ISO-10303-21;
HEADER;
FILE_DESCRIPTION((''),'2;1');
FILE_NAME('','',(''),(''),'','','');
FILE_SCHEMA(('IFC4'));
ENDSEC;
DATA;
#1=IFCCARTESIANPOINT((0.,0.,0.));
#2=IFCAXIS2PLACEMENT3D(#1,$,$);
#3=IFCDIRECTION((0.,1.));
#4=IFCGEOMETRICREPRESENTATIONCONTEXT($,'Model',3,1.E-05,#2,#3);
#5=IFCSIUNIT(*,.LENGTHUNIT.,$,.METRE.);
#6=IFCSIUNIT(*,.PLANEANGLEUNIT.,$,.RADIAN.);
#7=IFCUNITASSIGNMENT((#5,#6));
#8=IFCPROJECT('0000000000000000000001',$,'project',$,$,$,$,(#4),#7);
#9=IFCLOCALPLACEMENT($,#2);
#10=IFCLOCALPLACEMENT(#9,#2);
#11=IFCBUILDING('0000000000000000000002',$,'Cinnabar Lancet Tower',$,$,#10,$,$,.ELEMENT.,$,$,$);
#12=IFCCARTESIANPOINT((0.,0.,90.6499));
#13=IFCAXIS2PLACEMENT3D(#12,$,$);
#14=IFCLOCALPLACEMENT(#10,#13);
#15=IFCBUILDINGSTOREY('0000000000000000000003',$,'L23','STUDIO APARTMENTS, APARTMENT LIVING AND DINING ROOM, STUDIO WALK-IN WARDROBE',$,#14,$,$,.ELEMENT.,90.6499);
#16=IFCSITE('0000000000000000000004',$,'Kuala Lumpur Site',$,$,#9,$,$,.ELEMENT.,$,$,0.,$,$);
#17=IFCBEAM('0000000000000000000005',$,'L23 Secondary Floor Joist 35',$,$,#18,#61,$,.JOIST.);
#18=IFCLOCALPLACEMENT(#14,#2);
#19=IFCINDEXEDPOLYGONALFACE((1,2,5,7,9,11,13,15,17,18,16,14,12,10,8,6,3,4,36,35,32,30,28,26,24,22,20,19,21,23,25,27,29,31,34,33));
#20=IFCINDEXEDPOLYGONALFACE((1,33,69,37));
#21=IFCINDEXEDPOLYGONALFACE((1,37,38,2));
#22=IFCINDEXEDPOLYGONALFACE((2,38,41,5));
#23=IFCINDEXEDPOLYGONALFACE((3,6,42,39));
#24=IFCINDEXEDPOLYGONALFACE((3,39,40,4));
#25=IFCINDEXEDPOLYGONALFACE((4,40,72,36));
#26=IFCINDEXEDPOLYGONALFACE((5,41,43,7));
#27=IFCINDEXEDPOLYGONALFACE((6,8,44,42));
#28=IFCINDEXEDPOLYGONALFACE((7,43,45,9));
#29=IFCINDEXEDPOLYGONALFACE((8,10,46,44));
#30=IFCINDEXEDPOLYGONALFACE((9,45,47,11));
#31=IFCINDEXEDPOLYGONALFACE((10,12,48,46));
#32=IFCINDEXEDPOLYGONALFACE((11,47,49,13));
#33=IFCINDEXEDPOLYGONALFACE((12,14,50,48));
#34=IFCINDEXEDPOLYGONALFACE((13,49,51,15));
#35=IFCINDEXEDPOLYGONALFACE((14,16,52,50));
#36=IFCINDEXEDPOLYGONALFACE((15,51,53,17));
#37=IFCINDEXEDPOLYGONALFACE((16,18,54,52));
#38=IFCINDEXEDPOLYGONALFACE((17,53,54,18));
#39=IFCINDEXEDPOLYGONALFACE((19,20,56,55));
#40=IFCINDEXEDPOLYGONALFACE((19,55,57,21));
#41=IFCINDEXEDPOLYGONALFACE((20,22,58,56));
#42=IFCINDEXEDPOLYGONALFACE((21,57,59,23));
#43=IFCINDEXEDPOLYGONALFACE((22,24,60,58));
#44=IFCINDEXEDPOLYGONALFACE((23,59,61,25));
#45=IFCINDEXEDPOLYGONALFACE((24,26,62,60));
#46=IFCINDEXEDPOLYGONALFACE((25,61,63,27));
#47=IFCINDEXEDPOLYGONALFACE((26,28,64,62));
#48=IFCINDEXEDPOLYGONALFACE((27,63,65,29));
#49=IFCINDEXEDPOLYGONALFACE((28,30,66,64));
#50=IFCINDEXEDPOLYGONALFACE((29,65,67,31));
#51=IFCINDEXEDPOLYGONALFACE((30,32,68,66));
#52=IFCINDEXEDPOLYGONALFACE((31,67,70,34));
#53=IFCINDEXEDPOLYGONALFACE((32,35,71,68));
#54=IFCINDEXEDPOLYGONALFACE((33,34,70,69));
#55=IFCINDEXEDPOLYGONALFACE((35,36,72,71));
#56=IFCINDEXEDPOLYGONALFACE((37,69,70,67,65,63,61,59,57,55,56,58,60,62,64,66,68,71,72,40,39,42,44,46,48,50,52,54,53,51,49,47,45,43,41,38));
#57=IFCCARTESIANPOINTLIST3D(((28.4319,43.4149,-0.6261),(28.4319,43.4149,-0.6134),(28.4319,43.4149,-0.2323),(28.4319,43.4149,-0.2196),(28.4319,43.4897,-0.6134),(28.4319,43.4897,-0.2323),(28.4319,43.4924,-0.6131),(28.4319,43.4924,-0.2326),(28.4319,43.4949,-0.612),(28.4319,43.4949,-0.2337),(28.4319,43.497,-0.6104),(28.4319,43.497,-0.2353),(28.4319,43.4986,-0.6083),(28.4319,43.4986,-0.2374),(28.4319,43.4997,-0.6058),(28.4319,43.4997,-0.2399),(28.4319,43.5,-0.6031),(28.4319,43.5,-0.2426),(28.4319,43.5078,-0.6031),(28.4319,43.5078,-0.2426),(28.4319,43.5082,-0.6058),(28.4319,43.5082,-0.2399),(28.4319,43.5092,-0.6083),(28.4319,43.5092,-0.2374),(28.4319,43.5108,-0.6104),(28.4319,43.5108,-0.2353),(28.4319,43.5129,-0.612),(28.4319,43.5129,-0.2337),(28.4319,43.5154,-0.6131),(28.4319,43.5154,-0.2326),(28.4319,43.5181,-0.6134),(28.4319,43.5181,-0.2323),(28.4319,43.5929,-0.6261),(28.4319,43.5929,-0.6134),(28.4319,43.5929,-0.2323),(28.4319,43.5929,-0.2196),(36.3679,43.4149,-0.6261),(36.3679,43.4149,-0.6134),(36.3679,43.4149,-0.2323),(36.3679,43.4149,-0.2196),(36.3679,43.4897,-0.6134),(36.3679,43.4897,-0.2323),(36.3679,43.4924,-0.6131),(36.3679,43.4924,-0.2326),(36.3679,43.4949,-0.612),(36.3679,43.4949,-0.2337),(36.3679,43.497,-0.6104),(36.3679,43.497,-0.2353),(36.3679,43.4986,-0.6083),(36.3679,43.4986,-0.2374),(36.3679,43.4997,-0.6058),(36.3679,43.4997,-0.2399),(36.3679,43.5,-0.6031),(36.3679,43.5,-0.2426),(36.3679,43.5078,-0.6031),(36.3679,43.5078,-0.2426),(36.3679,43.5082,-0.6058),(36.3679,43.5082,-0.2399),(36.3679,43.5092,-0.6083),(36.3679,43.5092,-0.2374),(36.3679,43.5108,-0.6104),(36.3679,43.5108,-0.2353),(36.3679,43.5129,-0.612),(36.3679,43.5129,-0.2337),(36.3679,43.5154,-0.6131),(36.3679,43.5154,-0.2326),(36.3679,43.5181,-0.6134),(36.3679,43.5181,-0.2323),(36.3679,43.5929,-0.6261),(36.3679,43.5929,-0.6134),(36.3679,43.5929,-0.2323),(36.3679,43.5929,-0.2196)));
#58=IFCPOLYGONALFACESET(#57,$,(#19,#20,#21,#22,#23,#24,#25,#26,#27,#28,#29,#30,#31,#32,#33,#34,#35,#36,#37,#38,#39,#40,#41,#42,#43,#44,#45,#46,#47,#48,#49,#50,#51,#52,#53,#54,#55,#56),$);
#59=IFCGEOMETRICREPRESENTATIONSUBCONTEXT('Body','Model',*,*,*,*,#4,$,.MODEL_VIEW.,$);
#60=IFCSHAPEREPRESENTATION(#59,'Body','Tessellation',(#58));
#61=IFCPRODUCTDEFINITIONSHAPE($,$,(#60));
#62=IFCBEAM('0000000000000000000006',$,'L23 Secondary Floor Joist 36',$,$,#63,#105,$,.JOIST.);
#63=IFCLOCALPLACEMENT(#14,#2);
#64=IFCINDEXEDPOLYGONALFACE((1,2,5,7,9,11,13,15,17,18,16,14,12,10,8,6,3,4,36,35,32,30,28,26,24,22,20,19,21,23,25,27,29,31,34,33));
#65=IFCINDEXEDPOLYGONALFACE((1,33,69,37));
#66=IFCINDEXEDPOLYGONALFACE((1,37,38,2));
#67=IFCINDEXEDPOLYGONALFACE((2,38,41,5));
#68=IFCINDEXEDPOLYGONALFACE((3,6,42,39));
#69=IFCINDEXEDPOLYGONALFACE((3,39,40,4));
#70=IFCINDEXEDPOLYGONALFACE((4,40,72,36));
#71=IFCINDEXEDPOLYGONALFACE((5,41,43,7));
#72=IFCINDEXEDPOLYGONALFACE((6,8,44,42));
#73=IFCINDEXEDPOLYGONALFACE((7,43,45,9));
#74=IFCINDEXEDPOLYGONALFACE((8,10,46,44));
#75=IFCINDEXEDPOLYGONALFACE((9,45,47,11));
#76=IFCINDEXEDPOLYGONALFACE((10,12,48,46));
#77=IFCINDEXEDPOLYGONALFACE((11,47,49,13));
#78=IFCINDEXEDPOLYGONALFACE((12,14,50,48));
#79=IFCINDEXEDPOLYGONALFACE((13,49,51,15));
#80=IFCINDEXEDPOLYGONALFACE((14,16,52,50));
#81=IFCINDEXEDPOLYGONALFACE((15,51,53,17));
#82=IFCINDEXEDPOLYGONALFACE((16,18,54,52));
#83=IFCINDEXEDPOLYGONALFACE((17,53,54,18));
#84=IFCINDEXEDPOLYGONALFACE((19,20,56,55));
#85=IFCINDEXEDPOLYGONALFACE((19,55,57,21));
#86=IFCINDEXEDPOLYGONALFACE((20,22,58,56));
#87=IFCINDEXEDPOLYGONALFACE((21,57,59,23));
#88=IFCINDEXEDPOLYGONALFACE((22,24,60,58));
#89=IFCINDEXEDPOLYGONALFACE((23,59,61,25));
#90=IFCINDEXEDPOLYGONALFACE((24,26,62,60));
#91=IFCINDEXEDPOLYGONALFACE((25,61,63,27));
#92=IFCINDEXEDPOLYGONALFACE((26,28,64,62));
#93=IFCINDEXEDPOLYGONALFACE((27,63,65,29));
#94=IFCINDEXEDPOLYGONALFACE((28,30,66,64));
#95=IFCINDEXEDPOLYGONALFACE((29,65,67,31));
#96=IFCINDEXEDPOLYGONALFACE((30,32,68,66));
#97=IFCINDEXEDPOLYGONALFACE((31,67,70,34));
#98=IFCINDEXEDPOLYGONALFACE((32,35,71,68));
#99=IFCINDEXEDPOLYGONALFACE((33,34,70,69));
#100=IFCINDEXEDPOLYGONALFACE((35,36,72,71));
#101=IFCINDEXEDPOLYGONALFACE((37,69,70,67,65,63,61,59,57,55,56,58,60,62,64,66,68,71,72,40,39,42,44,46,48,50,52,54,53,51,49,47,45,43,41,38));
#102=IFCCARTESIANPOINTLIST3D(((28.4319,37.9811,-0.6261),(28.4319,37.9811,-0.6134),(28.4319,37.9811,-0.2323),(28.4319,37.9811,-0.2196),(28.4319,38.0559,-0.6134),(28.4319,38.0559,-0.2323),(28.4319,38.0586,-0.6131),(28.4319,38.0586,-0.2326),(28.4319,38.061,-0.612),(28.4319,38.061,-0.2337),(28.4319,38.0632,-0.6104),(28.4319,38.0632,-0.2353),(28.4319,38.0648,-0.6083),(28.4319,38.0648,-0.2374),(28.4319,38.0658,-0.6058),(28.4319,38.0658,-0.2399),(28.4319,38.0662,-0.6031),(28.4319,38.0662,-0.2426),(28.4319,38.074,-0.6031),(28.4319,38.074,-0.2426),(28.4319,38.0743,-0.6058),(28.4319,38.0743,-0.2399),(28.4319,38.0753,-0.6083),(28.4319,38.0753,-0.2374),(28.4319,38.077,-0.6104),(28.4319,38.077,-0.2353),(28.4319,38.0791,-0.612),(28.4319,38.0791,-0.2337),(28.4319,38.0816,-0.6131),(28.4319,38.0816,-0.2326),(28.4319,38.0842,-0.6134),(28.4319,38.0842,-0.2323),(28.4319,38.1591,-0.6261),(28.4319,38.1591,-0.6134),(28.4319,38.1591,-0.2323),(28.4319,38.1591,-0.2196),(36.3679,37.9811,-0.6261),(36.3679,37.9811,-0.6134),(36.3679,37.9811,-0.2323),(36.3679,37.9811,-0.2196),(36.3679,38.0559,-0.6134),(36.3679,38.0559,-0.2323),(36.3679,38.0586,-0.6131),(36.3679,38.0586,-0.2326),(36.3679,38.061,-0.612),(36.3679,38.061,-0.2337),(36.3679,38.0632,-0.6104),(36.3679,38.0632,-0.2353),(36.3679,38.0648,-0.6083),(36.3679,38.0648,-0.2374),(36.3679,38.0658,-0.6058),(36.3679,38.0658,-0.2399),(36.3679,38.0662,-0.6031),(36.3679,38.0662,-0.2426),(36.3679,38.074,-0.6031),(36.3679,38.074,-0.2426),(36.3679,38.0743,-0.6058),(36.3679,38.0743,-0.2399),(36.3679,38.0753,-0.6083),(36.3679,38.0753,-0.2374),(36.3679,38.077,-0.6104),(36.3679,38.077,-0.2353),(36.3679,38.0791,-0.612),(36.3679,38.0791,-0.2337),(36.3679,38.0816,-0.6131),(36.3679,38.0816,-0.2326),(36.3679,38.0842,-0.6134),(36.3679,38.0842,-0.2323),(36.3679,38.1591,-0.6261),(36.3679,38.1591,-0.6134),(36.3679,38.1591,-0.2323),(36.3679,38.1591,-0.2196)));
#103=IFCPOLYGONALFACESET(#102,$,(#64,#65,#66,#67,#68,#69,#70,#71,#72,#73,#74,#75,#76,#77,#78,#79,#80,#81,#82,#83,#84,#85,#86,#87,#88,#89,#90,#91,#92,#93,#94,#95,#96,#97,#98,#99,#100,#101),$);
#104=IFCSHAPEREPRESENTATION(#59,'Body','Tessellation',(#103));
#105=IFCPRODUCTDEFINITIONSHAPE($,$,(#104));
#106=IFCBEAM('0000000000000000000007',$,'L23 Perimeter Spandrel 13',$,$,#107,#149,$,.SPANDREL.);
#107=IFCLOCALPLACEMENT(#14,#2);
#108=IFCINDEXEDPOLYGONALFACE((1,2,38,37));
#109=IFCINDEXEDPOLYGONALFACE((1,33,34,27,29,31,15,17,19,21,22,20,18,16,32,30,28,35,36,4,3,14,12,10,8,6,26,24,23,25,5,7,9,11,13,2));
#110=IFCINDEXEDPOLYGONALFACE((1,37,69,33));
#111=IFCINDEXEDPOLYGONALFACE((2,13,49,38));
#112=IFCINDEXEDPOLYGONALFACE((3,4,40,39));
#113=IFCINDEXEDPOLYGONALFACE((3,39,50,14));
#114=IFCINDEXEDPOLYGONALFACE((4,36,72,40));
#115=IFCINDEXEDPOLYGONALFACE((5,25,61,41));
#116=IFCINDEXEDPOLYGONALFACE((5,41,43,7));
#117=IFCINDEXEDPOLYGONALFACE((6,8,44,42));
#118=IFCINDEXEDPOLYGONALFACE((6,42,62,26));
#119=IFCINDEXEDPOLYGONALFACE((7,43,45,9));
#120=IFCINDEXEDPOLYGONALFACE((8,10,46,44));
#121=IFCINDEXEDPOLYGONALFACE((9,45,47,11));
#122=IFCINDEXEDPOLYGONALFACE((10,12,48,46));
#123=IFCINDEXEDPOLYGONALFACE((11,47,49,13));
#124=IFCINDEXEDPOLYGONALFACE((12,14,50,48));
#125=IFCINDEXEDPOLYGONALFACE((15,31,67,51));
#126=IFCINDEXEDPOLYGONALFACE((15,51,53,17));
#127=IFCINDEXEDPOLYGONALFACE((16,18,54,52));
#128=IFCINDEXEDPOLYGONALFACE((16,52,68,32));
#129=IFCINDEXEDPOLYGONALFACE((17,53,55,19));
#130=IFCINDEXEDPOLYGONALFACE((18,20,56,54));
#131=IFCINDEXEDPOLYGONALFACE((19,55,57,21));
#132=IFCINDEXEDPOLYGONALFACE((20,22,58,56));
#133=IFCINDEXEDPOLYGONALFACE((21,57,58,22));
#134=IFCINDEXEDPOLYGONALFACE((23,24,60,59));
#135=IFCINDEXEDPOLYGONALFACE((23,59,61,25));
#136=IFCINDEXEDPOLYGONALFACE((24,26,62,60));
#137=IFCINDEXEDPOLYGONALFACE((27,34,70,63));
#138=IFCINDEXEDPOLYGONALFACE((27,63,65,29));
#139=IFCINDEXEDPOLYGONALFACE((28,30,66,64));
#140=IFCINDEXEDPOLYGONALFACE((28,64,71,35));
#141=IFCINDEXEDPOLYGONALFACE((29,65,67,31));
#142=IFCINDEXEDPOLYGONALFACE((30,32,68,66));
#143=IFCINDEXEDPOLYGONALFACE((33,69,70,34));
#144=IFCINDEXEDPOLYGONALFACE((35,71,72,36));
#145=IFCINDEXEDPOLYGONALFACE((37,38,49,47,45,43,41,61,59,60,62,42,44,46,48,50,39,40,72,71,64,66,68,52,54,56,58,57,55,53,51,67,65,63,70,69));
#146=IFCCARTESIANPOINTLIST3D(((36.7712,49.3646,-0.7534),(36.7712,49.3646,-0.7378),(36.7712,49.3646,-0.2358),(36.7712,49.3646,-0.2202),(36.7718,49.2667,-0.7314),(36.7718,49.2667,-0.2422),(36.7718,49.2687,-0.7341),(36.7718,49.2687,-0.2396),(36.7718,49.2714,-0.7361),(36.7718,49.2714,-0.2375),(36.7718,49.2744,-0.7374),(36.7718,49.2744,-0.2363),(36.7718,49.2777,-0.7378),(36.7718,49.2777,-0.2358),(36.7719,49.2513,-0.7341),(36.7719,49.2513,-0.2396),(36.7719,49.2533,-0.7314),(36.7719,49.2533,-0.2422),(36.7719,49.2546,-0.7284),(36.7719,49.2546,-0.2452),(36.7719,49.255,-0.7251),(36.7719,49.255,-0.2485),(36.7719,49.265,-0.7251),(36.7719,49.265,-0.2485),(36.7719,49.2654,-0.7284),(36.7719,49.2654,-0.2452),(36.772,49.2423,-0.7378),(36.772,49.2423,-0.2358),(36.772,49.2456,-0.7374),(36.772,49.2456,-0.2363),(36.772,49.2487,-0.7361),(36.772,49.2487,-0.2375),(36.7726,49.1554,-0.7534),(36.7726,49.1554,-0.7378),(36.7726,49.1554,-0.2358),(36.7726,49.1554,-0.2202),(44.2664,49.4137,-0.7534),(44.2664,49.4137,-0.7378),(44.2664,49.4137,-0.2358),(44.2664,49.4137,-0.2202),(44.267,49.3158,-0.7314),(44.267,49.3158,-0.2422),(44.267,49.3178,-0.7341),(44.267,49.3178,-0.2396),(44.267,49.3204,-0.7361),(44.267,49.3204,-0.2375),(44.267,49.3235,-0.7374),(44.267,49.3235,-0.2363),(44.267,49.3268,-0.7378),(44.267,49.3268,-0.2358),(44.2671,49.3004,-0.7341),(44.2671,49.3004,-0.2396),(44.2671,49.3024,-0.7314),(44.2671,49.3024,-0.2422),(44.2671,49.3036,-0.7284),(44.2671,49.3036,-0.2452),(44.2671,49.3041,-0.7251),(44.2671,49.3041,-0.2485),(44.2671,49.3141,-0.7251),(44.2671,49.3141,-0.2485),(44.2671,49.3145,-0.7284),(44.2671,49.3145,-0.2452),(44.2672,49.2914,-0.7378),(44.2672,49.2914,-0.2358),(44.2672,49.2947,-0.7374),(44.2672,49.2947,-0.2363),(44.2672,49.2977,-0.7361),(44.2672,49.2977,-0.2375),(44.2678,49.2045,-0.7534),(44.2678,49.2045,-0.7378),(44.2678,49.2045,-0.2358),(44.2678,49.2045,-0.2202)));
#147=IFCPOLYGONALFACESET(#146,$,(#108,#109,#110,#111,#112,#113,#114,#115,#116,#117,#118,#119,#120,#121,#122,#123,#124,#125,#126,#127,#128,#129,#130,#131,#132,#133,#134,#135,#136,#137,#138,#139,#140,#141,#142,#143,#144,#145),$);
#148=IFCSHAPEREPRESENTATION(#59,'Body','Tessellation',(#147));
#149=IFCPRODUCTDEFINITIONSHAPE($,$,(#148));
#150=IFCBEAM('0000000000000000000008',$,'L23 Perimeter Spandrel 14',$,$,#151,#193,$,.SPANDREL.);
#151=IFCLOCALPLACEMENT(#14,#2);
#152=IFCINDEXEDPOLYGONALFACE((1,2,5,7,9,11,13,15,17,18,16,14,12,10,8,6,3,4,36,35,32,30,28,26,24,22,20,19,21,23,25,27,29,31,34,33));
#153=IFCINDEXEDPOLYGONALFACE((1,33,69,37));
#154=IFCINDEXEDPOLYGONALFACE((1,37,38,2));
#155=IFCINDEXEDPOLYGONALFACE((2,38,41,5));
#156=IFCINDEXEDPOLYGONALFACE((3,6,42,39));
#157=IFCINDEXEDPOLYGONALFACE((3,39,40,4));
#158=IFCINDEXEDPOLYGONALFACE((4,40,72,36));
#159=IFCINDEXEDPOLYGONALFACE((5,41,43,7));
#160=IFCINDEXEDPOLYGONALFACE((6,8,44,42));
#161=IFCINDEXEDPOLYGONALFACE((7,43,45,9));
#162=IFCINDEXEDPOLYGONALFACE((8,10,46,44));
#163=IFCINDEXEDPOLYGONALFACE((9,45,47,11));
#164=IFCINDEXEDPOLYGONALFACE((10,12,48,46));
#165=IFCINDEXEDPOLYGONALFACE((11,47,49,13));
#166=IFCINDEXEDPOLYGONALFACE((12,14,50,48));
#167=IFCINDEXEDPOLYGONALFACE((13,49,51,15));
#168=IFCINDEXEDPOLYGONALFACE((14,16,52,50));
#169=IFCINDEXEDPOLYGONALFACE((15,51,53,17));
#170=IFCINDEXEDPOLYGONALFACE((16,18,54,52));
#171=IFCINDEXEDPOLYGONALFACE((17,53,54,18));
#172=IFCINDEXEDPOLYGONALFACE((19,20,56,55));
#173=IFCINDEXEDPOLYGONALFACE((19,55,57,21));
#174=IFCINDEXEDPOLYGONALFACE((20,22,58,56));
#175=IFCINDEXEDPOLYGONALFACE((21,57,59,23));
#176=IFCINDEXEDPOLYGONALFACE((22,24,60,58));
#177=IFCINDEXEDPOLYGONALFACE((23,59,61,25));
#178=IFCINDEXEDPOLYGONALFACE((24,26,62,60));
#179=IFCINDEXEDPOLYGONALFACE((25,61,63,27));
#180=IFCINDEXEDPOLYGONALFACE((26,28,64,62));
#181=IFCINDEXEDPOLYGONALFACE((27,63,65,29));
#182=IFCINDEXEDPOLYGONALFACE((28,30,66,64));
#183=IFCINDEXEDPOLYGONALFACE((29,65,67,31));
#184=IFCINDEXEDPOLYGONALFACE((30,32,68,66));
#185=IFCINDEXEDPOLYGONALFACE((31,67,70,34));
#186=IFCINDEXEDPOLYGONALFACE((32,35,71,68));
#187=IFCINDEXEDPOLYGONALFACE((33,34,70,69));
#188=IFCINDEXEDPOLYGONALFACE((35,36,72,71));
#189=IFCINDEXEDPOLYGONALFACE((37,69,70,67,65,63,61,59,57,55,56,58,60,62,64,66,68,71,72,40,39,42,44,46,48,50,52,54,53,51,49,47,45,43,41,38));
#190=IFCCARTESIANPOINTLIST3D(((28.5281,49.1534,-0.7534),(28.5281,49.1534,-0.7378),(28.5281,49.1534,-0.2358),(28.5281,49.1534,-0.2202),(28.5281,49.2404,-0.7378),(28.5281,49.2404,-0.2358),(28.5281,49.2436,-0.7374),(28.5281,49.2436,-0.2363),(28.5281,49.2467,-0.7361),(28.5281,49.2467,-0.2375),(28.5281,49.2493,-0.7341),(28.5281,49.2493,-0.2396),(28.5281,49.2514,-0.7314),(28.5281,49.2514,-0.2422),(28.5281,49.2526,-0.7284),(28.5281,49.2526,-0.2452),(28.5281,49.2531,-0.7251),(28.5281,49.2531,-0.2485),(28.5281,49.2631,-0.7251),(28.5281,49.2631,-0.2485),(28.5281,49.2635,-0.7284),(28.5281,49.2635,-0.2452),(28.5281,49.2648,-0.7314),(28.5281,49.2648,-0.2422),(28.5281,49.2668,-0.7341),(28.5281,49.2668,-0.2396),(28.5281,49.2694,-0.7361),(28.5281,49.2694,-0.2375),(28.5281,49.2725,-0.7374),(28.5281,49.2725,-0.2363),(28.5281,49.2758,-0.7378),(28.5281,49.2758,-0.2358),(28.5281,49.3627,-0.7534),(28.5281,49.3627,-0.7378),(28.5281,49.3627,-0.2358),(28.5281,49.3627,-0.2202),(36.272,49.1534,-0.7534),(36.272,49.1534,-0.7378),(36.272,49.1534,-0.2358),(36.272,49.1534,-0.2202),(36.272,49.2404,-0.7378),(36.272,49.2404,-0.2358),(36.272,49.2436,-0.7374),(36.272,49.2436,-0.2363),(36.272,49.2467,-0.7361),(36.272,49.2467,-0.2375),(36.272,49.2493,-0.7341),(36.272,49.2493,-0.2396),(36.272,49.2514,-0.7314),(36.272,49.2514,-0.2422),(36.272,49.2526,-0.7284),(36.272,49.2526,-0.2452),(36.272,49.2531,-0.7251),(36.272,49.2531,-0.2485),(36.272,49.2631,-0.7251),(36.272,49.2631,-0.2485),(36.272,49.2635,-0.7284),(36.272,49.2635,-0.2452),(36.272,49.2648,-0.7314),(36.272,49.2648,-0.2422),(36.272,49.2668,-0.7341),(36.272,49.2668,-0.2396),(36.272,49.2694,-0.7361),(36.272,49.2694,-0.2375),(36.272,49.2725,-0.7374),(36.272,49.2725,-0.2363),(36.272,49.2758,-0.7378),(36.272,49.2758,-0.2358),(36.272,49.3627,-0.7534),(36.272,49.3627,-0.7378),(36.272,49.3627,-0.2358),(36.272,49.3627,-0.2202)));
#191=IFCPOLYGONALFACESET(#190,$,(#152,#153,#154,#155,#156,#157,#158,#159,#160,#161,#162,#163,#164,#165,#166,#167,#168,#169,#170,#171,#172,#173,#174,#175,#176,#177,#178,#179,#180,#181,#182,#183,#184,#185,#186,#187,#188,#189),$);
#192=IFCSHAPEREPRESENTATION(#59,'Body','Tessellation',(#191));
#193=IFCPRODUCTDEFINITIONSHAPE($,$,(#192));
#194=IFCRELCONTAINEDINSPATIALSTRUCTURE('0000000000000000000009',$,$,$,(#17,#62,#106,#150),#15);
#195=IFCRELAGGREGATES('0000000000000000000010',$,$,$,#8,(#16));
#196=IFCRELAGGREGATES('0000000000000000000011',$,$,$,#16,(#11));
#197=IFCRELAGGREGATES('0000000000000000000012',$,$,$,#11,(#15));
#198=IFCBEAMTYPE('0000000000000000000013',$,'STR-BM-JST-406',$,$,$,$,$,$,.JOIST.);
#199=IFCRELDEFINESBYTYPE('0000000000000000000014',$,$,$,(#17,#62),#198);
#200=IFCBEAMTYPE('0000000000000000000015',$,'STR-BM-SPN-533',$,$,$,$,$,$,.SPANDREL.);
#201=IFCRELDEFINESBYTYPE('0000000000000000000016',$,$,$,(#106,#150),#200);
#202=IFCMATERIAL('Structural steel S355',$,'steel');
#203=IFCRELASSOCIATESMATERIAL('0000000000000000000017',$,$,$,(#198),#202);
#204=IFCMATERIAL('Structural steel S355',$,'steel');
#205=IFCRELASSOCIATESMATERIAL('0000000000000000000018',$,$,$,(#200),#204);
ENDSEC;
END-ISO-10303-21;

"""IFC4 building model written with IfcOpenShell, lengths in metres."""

from ifc_helpers import new_model, si_unit, direction, frame, origin, origin_2d, place, context, subcontext, project, spatial, i_section, extrude, material, material_profile, profile_set, type_object, element, save


model = new_model("IFC4")

# Units and contexts
model_context = context("Model", 3, precision=1e-05, world=origin(), true_north=direction((0.0, 1.0)))
body_context = subcontext(model_context, "Body", "Model", "MODEL_VIEW")
ifc_project = project(units=[si_unit("LENGTHUNIT", "METRE"), si_unit("PLANEANGLEUNIT", "RADIAN")], contexts=[model_context])

# Site, building, storey
site_placement = place(None, origin())
site = spatial("IfcSite", under=ifc_project, at=site_placement, Name="Kuala Lumpur Site", CompositionType="ELEMENT", RefElevation=0.0)
building_placement = place(site_placement, origin())
building = spatial("IfcBuilding", under=site, at=building_placement, Name="Cinnabar Lancet Tower", CompositionType="ELEMENT")
storey_placement = place(building_placement, frame((0.0, 0.0, 90.6499)))
storey = spatial("IfcBuildingStorey", under=building, at=storey_placement, Name="L23", Description="STUDIO APARTMENTS, APARTMENT LIVING AND DINING ROOM, STUDIO WALK-IN WARDROBE", CompositionType="ELEMENT", Elevation=90.6499)

# Beams
ifc_material_1 = material(Name="Structural steel S355", Category="steel")
ifc_material_profile_1 = material_profile(ifc_material_1, i_section(OverallWidth=0.178, OverallDepth=0.4065, WebThickness=0.0078, FlangeThickness=0.0127, FilletRadius=0.0103, at=origin_2d()), Name="UKB 406x178x60")
ifc_profile_set_1 = profile_set([ifc_material_profile_1], Name="Structural steel S355")
beam_type_1 = type_object("IfcBeamType", Name="STR-BM-JST-406", PredefinedType="JOIST", material=ifc_profile_set_1)
for number, where, z_axis, x_axis, name in (
    (1, (36.3679, 43.5039, -0.4229), (-1.0, 0.0, 0.0), (0.0, -1.0, 0.0), "L23 Secondary Floor Joist 35"),
    (2, (36.3679, 38.0701, -0.4229), (-1.0, 0.0, 0.0), (0.0, -1.0, 0.0), "L23 Secondary Floor Joist 36"),
):
    element("IfcBeam", number, at=place(storey_placement, frame(where, z_axis=z_axis, x_axis=x_axis)), inside=storey, type_object=beam_type_1, Name=name, PredefinedType="JOIST", context=body_context, shape_type="SweptSolid", body=[
        extrude(i_section(OverallWidth=0.178, OverallDepth=0.4065, WebThickness=0.0078, FlangeThickness=0.0127, FilletRadius=0.0103, at=origin_2d()), origin(), (0.0, 0.0, 1.0), 7.936),
    ])
ifc_material_2 = material(Name="Structural steel S355", Category="steel")
ifc_material_profile_2 = material_profile(ifc_material_2, i_section(OverallWidth=0.2092, OverallDepth=0.5332, WebThickness=0.01, FlangeThickness=0.0156, FilletRadius=0.0127, at=origin_2d()), Name="UKB 533x210x92")
ifc_profile_set_2 = profile_set([ifc_material_profile_2], Name="Structural steel S355")
beam_type_2 = type_object("IfcBeamType", Name="STR-BM-SPN-533", PredefinedType="SPANDREL", material=ifc_profile_set_2)
beam_1_placement = place(storey_placement, frame((44.2671, 49.3091, -0.4868), z_axis=(-0.999979, -0.006547, 0.0), x_axis=(0.006547, -0.999979, 0.0)))
element("IfcBeam", 3, at=beam_1_placement, inside=storey, type_object=beam_type_2, Name="L23 Perimeter Spandrel 13", PredefinedType="SPANDREL", context=body_context, shape_type="SweptSolid", body=[
    extrude(i_section(OverallWidth=0.2092, OverallDepth=0.5332, WebThickness=0.01, FlangeThickness=0.0156, FilletRadius=0.0127, at=origin_2d()), origin(), (0.0, 0.0, 1.0), 7.4954),
])
beam_2_placement = place(storey_placement, frame((36.272, 49.2581, -0.4868), z_axis=(-1.0, 0.0, 0.0), x_axis=(0.0, -1.0, 0.0)))
element("IfcBeam", 4, at=beam_2_placement, inside=storey, type_object=beam_type_2, Name="L23 Perimeter Spandrel 14", PredefinedType="SPANDREL", context=body_context, shape_type="SweptSolid", body=[
    extrude(i_section(OverallWidth=0.2092, OverallDepth=0.5332, WebThickness=0.01, FlangeThickness=0.0156, FilletRadius=0.0127, at=origin_2d()), origin(), (0.0, 0.0, 1.0), 7.7439),
])

save(model, "model.ifc")
